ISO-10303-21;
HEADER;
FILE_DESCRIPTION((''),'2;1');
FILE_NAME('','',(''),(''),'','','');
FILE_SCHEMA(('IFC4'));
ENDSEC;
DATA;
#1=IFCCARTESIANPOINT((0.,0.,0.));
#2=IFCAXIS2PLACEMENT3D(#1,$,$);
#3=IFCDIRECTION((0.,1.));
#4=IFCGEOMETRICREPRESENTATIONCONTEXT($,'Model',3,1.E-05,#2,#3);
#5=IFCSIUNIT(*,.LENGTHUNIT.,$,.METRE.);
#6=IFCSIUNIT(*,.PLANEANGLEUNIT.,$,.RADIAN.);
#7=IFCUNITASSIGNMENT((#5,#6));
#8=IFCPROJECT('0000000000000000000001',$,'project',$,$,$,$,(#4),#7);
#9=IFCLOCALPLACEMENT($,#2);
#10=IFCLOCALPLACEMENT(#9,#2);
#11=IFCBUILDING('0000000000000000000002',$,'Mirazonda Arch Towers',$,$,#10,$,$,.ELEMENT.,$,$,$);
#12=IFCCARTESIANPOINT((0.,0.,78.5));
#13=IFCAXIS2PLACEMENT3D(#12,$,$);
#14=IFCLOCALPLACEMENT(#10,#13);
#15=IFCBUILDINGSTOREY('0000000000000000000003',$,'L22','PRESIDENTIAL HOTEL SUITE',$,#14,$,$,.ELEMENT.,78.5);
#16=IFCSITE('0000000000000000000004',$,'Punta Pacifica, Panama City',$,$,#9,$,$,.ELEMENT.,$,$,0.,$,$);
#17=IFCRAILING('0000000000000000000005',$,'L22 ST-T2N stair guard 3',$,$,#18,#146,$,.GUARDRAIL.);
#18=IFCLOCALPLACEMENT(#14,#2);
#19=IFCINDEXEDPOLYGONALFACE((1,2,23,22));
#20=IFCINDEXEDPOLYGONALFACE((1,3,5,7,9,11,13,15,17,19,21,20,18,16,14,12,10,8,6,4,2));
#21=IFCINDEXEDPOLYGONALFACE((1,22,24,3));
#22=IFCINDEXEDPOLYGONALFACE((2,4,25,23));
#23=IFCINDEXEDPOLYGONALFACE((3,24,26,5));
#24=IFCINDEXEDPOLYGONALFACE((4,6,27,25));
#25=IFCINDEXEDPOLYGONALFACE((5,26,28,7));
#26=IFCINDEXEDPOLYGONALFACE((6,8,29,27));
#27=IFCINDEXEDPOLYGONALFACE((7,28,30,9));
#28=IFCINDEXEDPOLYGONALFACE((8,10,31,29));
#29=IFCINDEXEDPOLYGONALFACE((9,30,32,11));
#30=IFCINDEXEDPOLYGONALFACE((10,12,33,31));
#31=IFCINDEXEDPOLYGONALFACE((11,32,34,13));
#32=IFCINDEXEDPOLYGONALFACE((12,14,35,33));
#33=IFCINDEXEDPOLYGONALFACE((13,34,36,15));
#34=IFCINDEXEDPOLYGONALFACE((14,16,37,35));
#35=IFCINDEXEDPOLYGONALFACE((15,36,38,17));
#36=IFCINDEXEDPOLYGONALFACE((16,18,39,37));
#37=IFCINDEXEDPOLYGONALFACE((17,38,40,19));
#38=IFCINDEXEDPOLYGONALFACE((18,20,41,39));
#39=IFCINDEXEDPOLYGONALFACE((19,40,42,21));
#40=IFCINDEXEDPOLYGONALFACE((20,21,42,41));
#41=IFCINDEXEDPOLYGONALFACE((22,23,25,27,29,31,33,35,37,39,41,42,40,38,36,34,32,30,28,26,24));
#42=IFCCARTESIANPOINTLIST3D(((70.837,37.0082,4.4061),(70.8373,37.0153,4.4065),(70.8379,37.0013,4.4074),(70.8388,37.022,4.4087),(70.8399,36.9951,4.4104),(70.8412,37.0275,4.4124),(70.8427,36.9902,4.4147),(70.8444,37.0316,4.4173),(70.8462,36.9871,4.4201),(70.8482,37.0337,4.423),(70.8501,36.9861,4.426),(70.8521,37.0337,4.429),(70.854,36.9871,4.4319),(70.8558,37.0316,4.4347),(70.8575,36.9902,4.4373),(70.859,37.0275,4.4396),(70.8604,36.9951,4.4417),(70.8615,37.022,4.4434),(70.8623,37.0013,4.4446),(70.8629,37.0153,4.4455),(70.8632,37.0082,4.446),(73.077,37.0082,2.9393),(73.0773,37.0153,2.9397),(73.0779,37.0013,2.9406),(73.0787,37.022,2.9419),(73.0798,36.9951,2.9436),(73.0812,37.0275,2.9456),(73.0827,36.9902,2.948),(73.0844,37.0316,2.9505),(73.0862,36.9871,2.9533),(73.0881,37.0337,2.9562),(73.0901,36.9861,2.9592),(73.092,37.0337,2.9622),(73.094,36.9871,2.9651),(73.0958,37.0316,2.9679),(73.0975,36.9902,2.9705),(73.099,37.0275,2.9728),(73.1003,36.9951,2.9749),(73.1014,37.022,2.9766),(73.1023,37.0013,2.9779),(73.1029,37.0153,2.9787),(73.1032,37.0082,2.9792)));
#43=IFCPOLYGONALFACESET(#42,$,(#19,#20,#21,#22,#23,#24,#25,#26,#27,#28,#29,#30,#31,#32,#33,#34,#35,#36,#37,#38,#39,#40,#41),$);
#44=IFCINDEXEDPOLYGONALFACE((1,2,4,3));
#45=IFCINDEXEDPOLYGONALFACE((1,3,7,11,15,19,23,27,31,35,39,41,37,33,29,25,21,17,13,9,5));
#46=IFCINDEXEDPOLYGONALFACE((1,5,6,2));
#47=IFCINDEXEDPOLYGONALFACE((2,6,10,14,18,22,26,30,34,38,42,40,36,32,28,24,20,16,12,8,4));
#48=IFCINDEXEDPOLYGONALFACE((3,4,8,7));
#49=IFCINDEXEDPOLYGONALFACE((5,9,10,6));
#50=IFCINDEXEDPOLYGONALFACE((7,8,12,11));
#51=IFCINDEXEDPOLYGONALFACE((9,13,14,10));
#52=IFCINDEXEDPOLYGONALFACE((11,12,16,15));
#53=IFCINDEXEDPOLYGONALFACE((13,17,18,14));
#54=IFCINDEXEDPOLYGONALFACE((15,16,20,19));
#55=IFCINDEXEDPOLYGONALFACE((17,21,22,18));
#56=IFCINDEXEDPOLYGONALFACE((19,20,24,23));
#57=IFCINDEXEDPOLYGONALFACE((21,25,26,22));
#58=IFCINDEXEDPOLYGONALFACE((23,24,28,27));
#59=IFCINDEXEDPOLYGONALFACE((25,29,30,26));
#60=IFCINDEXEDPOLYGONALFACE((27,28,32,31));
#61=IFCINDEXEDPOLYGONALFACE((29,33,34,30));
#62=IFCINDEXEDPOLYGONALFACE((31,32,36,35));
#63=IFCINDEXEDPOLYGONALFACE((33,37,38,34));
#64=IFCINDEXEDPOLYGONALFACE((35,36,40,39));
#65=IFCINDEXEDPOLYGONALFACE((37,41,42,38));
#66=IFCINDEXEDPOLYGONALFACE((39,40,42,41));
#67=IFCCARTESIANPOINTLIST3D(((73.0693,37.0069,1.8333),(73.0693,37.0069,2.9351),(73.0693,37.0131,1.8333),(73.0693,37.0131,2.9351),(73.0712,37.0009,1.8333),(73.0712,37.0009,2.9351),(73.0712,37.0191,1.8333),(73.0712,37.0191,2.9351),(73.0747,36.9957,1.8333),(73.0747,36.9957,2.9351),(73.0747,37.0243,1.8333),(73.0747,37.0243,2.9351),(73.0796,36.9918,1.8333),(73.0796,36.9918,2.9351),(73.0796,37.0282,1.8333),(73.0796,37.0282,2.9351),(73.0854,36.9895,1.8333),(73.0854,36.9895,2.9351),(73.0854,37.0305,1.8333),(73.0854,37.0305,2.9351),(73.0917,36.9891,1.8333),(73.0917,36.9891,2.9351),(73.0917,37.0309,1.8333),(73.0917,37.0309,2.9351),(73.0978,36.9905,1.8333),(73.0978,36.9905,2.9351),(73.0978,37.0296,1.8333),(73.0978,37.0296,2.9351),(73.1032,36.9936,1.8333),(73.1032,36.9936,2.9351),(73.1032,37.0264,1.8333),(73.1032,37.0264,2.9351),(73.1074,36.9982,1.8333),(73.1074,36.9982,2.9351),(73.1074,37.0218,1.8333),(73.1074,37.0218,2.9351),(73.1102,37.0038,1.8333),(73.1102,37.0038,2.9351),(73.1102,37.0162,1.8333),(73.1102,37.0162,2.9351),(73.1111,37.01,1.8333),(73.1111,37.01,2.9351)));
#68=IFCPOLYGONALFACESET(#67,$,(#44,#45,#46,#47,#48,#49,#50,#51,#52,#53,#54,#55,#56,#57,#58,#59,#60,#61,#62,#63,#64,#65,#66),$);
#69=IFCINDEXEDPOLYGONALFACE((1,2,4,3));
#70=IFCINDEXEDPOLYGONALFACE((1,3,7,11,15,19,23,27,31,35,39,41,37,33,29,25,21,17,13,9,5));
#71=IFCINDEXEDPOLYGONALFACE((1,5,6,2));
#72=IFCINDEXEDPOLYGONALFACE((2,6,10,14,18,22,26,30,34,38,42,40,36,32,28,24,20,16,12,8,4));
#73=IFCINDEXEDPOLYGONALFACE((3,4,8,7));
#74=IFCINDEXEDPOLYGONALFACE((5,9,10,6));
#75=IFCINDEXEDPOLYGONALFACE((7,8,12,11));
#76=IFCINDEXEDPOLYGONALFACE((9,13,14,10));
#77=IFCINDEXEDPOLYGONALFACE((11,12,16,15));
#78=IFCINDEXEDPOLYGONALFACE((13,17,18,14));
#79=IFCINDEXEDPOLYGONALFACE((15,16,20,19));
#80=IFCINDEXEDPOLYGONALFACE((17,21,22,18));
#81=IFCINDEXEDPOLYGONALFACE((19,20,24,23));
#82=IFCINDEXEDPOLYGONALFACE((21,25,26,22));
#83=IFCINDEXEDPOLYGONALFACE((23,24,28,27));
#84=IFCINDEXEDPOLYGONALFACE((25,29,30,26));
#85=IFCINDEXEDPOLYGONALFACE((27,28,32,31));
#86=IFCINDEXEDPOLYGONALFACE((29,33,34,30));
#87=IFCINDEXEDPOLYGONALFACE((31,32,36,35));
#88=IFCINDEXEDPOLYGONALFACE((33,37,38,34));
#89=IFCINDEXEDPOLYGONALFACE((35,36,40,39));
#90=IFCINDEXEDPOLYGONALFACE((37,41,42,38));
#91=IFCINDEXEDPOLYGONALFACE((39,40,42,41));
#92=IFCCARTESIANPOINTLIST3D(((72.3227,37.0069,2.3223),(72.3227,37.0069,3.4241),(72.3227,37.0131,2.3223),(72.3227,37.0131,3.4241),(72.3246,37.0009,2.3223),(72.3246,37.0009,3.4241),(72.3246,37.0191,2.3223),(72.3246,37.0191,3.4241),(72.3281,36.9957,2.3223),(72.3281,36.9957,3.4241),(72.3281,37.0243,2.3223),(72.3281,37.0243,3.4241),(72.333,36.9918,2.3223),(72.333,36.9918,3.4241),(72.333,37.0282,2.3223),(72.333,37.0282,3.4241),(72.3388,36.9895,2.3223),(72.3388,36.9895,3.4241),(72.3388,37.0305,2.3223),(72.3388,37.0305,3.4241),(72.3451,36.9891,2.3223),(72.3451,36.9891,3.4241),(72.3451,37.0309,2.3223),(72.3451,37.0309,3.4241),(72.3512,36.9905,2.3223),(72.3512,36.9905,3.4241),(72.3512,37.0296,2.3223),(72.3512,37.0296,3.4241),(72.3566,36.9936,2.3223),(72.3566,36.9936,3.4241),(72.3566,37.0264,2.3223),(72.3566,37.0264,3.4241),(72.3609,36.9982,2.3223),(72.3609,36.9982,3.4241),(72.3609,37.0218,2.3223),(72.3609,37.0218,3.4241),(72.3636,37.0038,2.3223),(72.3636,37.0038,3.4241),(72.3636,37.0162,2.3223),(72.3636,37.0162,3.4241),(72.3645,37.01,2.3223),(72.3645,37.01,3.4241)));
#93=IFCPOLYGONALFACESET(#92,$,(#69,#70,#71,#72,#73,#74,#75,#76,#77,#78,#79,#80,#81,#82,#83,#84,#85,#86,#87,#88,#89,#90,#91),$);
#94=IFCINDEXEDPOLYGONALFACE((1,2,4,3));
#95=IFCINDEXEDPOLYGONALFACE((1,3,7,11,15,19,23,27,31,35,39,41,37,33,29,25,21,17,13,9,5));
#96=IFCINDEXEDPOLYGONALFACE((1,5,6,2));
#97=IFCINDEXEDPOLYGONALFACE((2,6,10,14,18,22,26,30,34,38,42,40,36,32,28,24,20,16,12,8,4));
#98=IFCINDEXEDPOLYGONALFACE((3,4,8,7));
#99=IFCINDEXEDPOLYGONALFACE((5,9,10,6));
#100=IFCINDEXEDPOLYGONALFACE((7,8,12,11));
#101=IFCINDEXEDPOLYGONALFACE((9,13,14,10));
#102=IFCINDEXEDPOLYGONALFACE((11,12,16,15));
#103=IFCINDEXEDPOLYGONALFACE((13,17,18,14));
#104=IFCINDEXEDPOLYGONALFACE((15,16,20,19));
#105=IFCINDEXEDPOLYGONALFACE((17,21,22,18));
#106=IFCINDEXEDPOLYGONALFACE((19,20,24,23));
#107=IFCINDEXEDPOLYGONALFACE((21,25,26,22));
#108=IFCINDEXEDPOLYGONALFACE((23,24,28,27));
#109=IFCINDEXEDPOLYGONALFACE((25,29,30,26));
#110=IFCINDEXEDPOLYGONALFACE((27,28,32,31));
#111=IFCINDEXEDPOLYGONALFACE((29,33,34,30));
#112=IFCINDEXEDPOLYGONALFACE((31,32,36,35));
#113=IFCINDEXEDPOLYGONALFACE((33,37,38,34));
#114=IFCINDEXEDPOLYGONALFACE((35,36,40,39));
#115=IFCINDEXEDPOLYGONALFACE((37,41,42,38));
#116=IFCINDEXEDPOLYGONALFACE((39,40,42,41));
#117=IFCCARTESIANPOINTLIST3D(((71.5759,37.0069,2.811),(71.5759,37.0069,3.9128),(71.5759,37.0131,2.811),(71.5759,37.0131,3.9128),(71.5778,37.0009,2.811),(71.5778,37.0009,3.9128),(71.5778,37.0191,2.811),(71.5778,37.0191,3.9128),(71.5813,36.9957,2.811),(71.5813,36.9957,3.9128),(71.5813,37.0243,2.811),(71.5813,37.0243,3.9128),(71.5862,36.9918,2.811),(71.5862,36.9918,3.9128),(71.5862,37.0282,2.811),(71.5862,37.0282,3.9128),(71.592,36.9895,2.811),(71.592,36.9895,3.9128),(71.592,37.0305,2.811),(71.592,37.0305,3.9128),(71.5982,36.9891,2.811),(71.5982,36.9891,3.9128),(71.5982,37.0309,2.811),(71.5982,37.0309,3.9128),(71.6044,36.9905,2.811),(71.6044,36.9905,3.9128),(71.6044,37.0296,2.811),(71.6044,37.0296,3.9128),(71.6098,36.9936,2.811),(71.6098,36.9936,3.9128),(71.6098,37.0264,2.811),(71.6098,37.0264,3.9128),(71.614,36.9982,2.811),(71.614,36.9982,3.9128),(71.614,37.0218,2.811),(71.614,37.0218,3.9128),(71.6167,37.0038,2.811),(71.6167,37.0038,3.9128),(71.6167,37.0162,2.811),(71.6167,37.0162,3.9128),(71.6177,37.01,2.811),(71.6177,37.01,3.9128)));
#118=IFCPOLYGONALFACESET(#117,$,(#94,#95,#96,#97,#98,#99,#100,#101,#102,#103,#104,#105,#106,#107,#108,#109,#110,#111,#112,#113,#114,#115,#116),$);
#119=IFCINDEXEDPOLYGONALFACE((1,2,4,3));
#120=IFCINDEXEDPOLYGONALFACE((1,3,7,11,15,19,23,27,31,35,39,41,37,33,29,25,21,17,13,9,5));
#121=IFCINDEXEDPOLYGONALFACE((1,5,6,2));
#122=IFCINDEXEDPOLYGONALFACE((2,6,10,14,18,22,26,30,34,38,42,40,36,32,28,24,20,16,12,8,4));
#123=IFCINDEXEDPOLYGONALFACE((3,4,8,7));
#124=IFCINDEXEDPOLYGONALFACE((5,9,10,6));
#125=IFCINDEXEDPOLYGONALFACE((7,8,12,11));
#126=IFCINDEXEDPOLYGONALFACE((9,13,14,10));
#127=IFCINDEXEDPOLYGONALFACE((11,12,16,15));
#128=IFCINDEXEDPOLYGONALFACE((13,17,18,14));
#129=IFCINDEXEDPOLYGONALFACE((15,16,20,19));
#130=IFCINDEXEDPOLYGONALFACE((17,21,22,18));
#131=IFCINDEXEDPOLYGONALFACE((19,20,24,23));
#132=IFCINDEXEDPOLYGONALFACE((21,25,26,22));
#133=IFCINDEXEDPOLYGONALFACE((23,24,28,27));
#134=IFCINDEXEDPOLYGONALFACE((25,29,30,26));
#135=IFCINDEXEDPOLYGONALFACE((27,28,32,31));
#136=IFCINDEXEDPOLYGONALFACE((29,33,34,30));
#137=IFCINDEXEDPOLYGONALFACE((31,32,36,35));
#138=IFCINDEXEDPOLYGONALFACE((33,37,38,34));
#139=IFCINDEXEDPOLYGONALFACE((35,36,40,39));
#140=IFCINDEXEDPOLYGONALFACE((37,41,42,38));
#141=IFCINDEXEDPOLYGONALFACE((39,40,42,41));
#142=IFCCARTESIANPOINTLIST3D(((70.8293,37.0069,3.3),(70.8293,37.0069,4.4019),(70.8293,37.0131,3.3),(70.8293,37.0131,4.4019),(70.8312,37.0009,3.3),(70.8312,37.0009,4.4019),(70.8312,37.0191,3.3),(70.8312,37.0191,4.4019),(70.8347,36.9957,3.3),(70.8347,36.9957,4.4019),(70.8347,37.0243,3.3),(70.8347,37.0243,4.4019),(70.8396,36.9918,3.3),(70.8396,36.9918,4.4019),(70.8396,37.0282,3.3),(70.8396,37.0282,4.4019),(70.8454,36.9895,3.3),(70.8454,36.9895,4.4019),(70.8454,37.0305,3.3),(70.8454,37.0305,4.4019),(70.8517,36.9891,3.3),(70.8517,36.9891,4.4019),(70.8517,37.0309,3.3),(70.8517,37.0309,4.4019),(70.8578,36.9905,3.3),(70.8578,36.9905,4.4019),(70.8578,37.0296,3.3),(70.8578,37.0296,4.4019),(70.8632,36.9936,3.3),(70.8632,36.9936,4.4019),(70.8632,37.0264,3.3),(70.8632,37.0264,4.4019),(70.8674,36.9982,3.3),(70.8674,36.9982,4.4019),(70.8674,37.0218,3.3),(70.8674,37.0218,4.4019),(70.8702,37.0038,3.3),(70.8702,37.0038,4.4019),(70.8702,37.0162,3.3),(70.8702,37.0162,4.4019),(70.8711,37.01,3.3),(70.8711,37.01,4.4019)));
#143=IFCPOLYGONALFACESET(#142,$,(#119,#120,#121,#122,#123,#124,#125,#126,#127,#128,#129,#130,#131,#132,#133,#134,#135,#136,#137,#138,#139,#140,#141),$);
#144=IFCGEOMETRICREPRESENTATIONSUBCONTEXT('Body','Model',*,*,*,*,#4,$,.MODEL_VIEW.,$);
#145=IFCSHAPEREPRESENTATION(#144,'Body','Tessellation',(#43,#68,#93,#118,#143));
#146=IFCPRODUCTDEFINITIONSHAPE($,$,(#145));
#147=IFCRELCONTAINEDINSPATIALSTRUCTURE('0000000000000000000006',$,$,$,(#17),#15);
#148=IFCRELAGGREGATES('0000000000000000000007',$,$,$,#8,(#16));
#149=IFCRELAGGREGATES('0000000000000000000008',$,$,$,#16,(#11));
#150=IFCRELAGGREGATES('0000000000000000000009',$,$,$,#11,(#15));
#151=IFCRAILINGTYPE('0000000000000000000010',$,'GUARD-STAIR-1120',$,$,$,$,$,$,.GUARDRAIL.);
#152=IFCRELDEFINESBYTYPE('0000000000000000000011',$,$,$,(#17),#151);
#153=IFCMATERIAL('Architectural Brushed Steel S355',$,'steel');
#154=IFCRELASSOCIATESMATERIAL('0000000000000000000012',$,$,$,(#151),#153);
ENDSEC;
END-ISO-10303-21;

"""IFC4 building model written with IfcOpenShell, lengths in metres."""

from ifc_helpers import new_model, si_unit, direction, frame, origin, origin_2d, place, context, subcontext, project, spatial, circle, extrude, material, type_object, element, save


model = new_model("IFC4")

# Units and contexts
model_context = context("Model", 3, precision=1e-05, world=origin(), true_north=direction((0.0, 1.0)))
body_context = subcontext(model_context, "Body", "Model", "MODEL_VIEW")
ifc_project = project(units=[si_unit("LENGTHUNIT", "METRE"), si_unit("PLANEANGLEUNIT", "RADIAN")], contexts=[model_context])

# Site, building, storey
site_placement = place(None, origin())
site = spatial("IfcSite", under=ifc_project, at=site_placement, Name="Punta Pacifica, Panama City", CompositionType="ELEMENT", RefElevation=0.0)
building_placement = place(site_placement, origin())
building = spatial("IfcBuilding", under=site, at=building_placement, Name="Mirazonda Arch Towers", CompositionType="ELEMENT")
storey_placement = place(building_placement, frame((0.0, 0.0, 78.5)))
storey = spatial("IfcBuildingStorey", under=building, at=storey_placement, Name="L22", Description="PRESIDENTIAL HOTEL SUITE", CompositionType="ELEMENT", Elevation=78.5)

# Railing
ifc_material_1 = material(Name="Architectural Brushed Steel S355", Category="steel")
railing_type = type_object("IfcRailingType", Name="GUARD-STAIR-1120", PredefinedType="GUARDRAIL", material=ifc_material_1)
railing_1_placement = place(storey_placement, frame((73.0901, 37.01, 1.8333)))
element("IfcRailing", 1, at=railing_1_placement, inside=storey, type_object=railing_type, Name="L22 ST-T2N stair guard 3", PredefinedType="GUARDRAIL", context=body_context, shape_type="SweptSolid", body=[
    extrude(circle(Radius=0.0239, at=origin_2d()), frame((0.0, 0.0, 1.126), z_axis=(-0.836595, 0.0, 0.547822), x_axis=(0.0, -1.0, 0.0)), (0.0, 0.0, 1.0), 2.6775),
    extrude(circle(Radius=0.021, at=origin_2d()), origin(), (0.0, 0.0, 1.0), 1.1018),
    extrude(circle(Radius=0.021, at=origin_2d()), frame((-0.7466, 0.0, 0.489)), (0.0, 0.0, 1.0), 1.1018),
    extrude(circle(Radius=0.021, at=origin_2d()), frame((-1.4934, 0.0, 0.9778)), (0.0, 0.0, 1.0), 1.1018),
    extrude(circle(Radius=0.021, at=origin_2d()), frame((-2.24, 0.0, 1.4668)), (0.0, 0.0, 1.0), 1.1018),
])

save(model, "model.ifc")
